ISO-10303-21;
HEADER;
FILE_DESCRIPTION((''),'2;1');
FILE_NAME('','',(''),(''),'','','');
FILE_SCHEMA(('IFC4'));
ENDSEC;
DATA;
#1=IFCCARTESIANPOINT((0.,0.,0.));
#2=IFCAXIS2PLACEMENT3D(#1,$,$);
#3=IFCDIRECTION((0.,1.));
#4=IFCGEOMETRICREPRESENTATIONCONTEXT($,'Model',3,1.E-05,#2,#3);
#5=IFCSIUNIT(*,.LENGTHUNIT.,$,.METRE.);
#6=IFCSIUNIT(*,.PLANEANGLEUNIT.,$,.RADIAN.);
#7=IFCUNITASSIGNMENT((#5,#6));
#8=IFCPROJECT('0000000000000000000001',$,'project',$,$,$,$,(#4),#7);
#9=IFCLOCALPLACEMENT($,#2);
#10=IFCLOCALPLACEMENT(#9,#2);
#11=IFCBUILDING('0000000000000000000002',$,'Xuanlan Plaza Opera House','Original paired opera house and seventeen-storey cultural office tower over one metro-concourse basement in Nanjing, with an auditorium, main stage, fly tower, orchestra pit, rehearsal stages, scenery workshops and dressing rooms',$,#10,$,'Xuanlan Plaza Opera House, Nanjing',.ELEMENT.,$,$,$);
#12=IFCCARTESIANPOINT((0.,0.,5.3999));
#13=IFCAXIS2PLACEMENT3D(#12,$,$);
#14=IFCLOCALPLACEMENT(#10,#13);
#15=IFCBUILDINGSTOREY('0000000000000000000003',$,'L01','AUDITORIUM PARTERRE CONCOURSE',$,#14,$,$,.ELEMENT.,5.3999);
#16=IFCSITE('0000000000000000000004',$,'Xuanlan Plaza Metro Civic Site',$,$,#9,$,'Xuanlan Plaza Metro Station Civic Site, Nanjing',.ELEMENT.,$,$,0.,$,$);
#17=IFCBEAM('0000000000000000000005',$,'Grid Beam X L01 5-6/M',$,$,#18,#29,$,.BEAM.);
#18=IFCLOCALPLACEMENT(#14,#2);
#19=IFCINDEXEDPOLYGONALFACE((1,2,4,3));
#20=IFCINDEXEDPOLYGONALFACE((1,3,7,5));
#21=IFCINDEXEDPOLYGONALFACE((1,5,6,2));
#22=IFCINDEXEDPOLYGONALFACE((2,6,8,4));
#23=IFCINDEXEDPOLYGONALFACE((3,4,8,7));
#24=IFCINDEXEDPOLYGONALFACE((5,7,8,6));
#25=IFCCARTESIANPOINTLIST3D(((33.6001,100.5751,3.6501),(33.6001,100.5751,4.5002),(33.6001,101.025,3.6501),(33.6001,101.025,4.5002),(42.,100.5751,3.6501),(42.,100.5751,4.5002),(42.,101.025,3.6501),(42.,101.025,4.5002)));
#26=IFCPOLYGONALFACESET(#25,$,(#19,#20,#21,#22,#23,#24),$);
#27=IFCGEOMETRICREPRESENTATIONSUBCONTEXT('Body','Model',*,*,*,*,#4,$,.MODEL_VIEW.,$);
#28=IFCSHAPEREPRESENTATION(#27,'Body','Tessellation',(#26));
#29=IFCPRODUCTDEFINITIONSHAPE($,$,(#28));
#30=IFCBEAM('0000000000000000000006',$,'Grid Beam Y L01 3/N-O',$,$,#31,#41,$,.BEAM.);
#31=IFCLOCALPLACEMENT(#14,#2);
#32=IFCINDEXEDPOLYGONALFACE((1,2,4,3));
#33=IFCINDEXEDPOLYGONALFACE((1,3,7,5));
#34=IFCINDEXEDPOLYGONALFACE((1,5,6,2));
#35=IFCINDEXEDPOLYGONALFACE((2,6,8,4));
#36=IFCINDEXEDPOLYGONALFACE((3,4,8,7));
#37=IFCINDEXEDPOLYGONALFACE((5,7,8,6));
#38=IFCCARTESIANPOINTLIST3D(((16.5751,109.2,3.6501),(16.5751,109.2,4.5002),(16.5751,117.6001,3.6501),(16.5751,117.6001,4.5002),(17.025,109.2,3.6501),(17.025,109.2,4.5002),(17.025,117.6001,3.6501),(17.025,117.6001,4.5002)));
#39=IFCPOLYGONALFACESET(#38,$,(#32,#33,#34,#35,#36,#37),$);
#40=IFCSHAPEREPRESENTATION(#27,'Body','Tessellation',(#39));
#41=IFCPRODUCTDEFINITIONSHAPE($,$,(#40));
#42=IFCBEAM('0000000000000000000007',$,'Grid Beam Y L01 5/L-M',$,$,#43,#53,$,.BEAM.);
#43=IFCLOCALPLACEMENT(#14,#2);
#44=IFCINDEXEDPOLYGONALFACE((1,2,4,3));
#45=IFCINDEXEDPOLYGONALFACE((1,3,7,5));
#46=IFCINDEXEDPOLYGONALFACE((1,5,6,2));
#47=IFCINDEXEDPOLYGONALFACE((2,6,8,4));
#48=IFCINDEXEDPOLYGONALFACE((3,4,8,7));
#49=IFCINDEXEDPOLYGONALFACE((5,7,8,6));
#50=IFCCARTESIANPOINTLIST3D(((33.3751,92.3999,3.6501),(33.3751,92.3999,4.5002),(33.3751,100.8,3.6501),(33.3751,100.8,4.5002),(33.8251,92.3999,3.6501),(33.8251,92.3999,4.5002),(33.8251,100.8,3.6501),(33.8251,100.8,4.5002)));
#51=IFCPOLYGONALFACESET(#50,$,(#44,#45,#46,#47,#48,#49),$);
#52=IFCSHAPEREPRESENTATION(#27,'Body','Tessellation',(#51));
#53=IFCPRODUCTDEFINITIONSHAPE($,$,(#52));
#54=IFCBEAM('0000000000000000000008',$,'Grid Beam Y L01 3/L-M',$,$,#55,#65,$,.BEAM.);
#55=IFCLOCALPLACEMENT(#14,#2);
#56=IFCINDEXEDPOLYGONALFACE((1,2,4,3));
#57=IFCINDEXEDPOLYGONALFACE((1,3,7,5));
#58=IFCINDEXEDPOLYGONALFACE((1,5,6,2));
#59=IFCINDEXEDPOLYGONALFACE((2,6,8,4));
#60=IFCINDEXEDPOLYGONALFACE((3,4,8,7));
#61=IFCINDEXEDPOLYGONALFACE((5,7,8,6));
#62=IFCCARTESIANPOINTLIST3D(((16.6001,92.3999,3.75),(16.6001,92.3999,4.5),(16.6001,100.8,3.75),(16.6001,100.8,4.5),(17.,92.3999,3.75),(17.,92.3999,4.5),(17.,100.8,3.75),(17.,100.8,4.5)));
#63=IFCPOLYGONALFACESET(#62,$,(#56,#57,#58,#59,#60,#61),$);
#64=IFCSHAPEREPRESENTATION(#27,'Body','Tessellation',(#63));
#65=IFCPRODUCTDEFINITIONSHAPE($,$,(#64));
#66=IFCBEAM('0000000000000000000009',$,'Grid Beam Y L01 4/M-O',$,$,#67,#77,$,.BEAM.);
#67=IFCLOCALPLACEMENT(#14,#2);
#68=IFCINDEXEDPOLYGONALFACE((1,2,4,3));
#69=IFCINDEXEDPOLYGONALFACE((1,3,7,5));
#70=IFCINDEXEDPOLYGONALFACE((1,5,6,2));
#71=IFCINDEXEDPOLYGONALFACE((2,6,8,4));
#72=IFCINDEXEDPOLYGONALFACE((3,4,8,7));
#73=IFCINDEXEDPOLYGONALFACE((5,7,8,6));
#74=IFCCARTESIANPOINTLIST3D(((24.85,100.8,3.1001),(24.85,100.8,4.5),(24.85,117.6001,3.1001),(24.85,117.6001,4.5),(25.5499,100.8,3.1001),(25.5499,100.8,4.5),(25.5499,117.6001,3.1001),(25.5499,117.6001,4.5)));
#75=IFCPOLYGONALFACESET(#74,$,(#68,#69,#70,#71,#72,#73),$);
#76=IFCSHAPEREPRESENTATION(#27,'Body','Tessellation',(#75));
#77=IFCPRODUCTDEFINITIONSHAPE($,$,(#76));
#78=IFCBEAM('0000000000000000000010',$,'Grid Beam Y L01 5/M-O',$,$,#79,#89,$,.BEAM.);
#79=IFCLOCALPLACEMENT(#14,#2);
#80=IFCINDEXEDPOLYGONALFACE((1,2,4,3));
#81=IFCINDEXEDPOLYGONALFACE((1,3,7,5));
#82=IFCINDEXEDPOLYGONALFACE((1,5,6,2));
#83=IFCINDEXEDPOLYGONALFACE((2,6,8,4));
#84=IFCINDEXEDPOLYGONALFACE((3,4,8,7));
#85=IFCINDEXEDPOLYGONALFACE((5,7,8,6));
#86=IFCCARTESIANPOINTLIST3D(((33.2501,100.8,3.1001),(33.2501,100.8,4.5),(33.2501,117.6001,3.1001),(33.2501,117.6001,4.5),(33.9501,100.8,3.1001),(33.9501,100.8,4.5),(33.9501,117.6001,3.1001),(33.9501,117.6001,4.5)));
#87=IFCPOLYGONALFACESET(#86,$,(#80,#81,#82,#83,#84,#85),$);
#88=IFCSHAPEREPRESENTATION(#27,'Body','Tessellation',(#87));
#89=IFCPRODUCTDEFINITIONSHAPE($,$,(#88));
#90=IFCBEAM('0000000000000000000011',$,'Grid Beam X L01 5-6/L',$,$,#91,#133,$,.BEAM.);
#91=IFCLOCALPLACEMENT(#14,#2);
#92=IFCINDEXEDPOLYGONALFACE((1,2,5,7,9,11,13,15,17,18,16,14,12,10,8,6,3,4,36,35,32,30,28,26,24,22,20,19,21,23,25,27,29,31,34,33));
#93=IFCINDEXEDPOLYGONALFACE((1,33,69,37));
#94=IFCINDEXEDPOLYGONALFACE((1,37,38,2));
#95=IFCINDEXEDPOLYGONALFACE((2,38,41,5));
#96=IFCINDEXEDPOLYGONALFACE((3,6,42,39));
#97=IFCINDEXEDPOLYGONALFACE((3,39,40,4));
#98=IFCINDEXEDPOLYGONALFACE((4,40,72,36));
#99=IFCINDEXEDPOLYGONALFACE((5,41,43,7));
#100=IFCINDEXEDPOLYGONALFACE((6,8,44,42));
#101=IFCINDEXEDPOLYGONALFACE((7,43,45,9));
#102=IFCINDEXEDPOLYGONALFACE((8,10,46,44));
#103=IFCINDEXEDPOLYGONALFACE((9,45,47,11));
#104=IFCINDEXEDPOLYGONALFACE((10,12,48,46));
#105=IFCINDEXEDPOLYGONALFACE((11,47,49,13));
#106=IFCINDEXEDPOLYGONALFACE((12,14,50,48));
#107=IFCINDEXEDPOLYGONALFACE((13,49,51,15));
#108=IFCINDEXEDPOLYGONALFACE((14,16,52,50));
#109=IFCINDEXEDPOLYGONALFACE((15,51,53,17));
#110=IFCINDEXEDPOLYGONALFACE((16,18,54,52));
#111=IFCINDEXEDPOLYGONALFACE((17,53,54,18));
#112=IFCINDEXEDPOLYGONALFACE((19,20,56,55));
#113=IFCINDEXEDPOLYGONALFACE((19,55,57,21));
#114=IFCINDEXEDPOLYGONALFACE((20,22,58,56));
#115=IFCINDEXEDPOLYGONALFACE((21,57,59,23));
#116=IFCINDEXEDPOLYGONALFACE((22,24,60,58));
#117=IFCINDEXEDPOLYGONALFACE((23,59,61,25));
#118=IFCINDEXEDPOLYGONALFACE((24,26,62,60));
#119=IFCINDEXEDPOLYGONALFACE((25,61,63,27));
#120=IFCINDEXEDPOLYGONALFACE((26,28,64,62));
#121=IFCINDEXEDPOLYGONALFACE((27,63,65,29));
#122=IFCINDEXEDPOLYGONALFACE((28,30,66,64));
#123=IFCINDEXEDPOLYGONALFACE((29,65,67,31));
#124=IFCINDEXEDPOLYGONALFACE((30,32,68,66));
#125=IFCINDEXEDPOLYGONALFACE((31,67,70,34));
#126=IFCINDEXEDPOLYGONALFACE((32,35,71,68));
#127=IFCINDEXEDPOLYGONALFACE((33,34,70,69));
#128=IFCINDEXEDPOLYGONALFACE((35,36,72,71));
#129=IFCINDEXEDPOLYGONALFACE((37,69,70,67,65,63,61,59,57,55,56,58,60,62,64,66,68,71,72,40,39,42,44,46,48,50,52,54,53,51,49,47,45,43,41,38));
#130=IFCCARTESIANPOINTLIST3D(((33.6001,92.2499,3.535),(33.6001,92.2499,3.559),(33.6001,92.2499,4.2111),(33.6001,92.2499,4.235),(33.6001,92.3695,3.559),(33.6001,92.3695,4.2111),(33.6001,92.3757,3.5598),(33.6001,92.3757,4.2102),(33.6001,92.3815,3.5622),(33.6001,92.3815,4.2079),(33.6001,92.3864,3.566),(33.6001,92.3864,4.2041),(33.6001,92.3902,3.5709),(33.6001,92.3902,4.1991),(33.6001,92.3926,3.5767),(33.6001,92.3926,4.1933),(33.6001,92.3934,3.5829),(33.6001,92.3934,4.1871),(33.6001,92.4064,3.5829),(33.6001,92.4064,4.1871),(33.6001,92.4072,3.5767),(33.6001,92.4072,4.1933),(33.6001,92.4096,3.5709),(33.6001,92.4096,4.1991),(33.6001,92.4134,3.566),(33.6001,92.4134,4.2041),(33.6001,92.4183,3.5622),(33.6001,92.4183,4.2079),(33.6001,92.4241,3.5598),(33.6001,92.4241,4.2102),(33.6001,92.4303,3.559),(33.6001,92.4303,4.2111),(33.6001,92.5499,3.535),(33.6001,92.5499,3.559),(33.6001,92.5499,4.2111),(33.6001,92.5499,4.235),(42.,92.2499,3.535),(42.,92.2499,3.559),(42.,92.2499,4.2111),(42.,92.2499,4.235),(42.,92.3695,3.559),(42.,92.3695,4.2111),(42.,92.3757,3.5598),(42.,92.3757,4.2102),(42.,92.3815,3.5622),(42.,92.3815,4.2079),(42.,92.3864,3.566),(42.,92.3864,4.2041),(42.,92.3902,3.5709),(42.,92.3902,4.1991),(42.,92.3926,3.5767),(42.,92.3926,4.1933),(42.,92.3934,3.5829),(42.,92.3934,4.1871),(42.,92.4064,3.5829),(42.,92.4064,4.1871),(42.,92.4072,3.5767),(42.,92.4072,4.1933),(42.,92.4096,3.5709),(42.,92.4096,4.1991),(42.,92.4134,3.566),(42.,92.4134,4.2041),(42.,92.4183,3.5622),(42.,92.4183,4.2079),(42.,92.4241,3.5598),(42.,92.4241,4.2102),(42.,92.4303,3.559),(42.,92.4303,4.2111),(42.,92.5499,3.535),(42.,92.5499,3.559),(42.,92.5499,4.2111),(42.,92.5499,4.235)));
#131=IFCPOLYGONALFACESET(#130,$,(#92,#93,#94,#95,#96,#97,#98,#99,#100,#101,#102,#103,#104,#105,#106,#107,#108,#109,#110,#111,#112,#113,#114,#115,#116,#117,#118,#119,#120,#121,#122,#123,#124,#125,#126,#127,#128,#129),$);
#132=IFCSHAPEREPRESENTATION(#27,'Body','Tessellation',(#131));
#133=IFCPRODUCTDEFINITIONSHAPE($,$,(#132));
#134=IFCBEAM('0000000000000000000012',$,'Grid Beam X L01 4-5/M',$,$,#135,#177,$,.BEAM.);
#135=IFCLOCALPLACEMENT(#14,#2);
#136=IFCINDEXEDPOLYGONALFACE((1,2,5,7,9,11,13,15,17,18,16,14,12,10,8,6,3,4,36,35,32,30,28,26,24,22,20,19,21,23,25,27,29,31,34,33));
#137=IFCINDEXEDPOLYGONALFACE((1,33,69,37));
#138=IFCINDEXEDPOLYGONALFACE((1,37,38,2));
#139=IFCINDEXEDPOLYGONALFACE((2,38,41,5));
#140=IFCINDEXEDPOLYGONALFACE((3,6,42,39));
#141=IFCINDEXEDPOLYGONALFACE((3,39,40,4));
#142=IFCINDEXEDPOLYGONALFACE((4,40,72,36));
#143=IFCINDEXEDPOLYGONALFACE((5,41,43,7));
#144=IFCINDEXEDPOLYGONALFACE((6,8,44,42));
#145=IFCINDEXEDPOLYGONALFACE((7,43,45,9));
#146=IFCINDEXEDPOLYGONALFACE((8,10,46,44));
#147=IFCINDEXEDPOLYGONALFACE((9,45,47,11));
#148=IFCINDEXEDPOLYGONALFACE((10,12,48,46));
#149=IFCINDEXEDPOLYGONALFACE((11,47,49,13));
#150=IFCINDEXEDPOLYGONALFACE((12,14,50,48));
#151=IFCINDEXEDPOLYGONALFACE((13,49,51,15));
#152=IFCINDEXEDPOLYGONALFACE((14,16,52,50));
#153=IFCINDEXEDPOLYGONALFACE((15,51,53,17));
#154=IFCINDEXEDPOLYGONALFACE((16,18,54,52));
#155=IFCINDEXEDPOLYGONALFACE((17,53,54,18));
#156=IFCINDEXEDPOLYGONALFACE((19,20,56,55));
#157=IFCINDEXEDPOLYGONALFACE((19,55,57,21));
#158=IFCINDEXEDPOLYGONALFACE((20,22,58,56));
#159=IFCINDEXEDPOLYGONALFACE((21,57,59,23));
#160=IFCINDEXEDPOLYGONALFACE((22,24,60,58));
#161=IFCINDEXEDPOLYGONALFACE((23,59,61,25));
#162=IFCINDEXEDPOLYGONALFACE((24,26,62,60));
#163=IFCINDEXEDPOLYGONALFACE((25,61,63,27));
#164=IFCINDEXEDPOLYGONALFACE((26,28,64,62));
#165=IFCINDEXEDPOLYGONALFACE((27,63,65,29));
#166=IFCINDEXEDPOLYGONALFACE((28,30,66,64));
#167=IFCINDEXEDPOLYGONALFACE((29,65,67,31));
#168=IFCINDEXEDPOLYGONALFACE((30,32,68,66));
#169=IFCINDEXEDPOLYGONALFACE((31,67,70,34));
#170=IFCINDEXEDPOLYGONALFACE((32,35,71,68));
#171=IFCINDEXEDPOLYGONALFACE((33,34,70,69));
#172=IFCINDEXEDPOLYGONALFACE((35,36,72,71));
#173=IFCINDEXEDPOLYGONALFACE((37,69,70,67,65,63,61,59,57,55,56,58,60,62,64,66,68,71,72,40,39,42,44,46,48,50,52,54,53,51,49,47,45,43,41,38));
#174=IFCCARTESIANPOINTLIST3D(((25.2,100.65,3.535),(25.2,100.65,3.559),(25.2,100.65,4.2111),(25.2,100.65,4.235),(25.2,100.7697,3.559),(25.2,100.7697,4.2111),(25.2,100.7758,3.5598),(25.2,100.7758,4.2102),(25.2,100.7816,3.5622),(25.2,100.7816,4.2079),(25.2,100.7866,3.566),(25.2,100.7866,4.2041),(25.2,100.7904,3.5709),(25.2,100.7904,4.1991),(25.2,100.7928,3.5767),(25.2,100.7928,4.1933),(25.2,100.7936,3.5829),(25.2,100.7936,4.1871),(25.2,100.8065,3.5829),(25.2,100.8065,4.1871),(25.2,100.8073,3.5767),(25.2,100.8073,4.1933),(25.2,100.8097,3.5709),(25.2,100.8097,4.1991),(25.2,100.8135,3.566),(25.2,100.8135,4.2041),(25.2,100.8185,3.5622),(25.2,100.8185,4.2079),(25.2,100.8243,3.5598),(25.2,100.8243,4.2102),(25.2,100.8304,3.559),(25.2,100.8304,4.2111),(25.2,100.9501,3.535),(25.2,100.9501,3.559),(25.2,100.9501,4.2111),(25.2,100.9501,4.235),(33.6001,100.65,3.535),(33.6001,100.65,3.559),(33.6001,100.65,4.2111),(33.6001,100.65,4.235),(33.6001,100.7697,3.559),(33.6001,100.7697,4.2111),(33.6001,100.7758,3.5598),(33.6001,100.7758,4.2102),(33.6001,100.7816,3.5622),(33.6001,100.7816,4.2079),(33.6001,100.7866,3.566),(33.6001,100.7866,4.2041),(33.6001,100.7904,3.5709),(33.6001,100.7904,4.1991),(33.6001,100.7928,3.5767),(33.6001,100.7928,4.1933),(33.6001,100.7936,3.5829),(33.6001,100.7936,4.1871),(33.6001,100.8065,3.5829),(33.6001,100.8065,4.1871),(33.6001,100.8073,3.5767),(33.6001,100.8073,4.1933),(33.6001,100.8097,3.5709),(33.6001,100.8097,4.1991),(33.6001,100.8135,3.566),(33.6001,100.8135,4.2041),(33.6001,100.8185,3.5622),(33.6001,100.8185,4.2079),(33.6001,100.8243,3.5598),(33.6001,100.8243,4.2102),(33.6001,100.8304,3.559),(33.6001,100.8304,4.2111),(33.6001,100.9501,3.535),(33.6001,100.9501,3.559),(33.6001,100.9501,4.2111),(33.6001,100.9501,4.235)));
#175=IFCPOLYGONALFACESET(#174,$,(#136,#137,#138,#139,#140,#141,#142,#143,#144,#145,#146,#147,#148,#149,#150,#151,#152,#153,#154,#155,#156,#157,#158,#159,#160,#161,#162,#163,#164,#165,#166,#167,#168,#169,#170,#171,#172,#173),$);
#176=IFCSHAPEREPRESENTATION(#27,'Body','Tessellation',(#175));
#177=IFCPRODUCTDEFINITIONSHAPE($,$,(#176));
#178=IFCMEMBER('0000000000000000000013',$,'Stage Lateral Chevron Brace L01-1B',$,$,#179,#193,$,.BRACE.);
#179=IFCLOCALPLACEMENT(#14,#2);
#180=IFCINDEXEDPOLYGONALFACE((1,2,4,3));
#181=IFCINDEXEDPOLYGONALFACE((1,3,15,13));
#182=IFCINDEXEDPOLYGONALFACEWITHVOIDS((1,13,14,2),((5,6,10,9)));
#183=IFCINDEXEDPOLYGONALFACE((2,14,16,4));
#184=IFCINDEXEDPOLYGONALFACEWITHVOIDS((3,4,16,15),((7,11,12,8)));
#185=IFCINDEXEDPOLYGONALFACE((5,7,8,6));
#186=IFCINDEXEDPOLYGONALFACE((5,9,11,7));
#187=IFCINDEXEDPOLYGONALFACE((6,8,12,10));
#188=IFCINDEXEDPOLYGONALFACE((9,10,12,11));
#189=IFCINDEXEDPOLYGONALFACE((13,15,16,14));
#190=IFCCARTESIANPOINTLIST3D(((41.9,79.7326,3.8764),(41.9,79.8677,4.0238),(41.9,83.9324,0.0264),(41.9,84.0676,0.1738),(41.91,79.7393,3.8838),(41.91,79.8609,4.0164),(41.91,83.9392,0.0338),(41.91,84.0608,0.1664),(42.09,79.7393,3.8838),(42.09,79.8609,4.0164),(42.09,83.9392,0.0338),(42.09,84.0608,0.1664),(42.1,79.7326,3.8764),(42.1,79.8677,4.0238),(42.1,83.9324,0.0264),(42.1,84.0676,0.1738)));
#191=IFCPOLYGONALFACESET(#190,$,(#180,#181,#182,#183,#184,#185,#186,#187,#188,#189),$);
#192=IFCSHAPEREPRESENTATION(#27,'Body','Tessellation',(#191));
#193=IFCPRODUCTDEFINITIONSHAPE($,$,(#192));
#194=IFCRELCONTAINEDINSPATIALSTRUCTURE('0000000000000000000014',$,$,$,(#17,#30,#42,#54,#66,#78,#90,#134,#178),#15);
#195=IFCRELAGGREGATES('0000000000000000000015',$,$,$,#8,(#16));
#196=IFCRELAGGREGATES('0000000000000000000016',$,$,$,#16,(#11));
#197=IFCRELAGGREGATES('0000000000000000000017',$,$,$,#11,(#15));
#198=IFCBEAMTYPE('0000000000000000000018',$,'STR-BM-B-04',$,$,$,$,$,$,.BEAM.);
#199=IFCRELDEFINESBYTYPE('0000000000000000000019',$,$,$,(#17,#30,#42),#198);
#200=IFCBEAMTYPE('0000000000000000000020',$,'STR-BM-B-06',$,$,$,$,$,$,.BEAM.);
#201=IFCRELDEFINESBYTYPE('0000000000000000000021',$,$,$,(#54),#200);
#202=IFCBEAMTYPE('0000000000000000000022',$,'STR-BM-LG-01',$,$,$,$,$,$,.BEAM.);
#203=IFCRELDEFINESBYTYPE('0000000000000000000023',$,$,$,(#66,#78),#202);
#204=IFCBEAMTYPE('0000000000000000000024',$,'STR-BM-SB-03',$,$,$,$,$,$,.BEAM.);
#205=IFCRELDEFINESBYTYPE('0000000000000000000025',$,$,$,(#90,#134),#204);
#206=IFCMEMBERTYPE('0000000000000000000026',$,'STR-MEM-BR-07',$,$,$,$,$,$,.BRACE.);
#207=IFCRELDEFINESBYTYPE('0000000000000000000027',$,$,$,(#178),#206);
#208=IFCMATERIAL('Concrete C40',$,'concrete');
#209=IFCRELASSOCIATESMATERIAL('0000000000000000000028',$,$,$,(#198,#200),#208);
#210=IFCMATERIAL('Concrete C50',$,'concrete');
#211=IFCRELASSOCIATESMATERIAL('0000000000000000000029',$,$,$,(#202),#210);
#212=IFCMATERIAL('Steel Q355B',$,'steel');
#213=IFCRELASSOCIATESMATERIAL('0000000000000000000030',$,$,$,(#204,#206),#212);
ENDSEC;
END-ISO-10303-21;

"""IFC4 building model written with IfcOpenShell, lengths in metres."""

from ifc_helpers import new_model, si_unit, direction, frame, origin, origin_2d, place, context, subcontext, project, spatial, rectangle, hollow_rectangle, i_section, extrude, material, material_profile, profile_set, type_object, element, save


model = new_model("IFC4")

# Units and contexts
model_context = context("Model", 3, precision=1e-05, world=origin(), true_north=direction((0.0, 1.0)))
body_context = subcontext(model_context, "Body", "Model", "MODEL_VIEW")
ifc_project = project(units=[si_unit("LENGTHUNIT", "METRE"), si_unit("PLANEANGLEUNIT", "RADIAN")], contexts=[model_context])

# Site, building, storey
site_placement = place(None, origin())
site = spatial("IfcSite", under=ifc_project, at=site_placement, Name="Xuanlan Plaza Metro Civic Site", LongName="Xuanlan Plaza Metro Station Civic Site, Nanjing", CompositionType="ELEMENT", RefElevation=0.0)
building_placement = place(site_placement, origin())
building = spatial("IfcBuilding", under=site, at=building_placement, Name="Xuanlan Plaza Opera House", Description="Original paired opera house and seventeen-storey cultural office tower over one metro-concourse basement in Nanjing, with an auditorium, main stage, fly tower, orchestra pit, rehearsal stages, scenery workshops and dressing rooms", LongName="Xuanlan Plaza Opera House, Nanjing", CompositionType="ELEMENT")
storey_placement = place(building_placement, frame((0.0, 0.0, 5.3999)))
storey = spatial("IfcBuildingStorey", under=building, at=storey_placement, Name="L01", Description="AUDITORIUM PARTERRE CONCOURSE", CompositionType="ELEMENT", Elevation=5.3999)

# Shared definitions
ifc_material_1 = material(Name="Concrete C40", Category="concrete")

# Beams
ifc_material_2 = material(Name="Concrete C50", Category="concrete")
ifc_material_profile_1 = material_profile(ifc_material_1, rectangle(XDim=0.45, YDim=0.8501, at=origin_2d()), Name="RC-BM 450x850")
ifc_profile_set_1 = profile_set([ifc_material_profile_1], Name="Concrete C40")
beam_type_1 = type_object("IfcBeamType", Name="STR-BM-B-04", PredefinedType="BEAM", material=ifc_profile_set_1)
for number, where, z_axis, x_axis, name in (
    (1, (33.6001, 100.8, 4.0752), (1.0, 0.0, 0.0), (0.0, 1.0, 0.0), "Grid Beam X L01 5-6/M"),
):
    element("IfcBeam", number, at=place(storey_placement, frame(where, z_axis=z_axis, x_axis=x_axis)), inside=storey, type_object=beam_type_1, Name=name, PredefinedType="BEAM", context=body_context, shape_type="SweptSolid", body=[
        extrude(rectangle(XDim=0.45, YDim=0.8501, at=origin_2d()), origin(), (0.0, 0.0, 1.0), 8.3999),
    ])
for number, where, z_axis, x_axis, name in (
    (2, (16.8, 109.2, 4.0752), (0.0, 1.0, 0.0), (-1.0, 0.0, 0.0), "Grid Beam Y L01 3/N-O"),
    (3, (33.6001, 92.3999, 4.0752), (0.0, 1.0, 0.0), (-1.0, 0.0, 0.0), "Grid Beam Y L01 5/L-M"),
):
    element("IfcBeam", number, at=place(storey_placement, frame(where, z_axis=z_axis, x_axis=x_axis)), inside=storey, type_object=beam_type_1, Name=name, PredefinedType="BEAM", context=body_context, shape_type="SweptSolid", body=[
        extrude(rectangle(XDim=0.45, YDim=0.8501, at=origin_2d()), origin(), (0.0, 0.0, 1.0), 8.4001),
    ])
ifc_material_profile_2 = material_profile(ifc_material_1, rectangle(XDim=0.3999, YDim=0.75, at=origin_2d()), Name="RC-BM 400x750")
ifc_profile_set_2 = profile_set([ifc_material_profile_2], Name="Concrete C40")
beam_type_2 = type_object("IfcBeamType", Name="STR-BM-B-06", PredefinedType="BEAM", material=ifc_profile_set_2)
beam_1_placement = place(storey_placement, frame((16.8, 92.3999, 4.125), z_axis=(0.0, 1.0, 0.0), x_axis=(-1.0, 0.0, 0.0)))
element("IfcBeam", 4, at=beam_1_placement, inside=storey, type_object=beam_type_2, Name="Grid Beam Y L01 3/L-M", PredefinedType="BEAM", context=body_context, shape_type="SweptSolid", body=[
    extrude(rectangle(XDim=0.3999, YDim=0.75, at=origin_2d()), origin(), (0.0, 0.0, 1.0), 8.4001),
])
ifc_material_profile_3 = material_profile(ifc_material_2, rectangle(XDim=0.7, YDim=1.3999, at=origin_2d()), Name="RC-LG 700x1400")
ifc_profile_set_3 = profile_set([ifc_material_profile_3], Name="Concrete C50")
beam_type_3 = type_object("IfcBeamType", Name="STR-BM-LG-01", PredefinedType="BEAM", material=ifc_profile_set_3)
for number, where, z_axis, x_axis, name in (
    (5, (25.2, 100.8, 3.8), (0.0, 1.0, 0.0), (-1.0, 0.0, 0.0), "Grid Beam Y L01 4/M-O"),
    (6, (33.6001, 100.8, 3.8), (0.0, 1.0, 0.0), (-1.0, 0.0, 0.0), "Grid Beam Y L01 5/M-O"),
):
    element("IfcBeam", number, at=place(storey_placement, frame(where, z_axis=z_axis, x_axis=x_axis)), inside=storey, type_object=beam_type_3, Name=name, PredefinedType="BEAM", context=body_context, shape_type="SweptSolid", body=[
        extrude(rectangle(XDim=0.7, YDim=1.3999, at=origin_2d()), origin(), (0.0, 0.0, 1.0), 16.8),
    ])
ifc_material_3 = material(Name="Steel Q355B", Category="steel")
ifc_material_profile_4 = material_profile(ifc_material_3, i_section(OverallWidth=0.3, OverallDepth=0.7, WebThickness=0.0129, FlangeThickness=0.0239, FilletRadius=0.0239, at=origin_2d()), Name="HN 700x300x13x24")
ifc_profile_set_4 = profile_set([ifc_material_profile_4], Name="Steel Q355B")
beam_type_4 = type_object("IfcBeamType", Name="STR-BM-SB-03", PredefinedType="BEAM", material=ifc_profile_set_4)
beam_2_placement = place(storey_placement, frame((33.6001, 92.3999, 3.885), z_axis=(1.0, 0.0, 0.0), x_axis=(0.0, 1.0, 0.0)))
element("IfcBeam", 7, at=beam_2_placement, inside=storey, type_object=beam_type_4, Name="Grid Beam X L01 5-6/L", PredefinedType="BEAM", context=body_context, shape_type="SweptSolid", body=[
    extrude(i_section(OverallWidth=0.3, OverallDepth=0.7, WebThickness=0.0129, FlangeThickness=0.0239, FilletRadius=0.0239, at=origin_2d()), origin(), (0.0, 0.0, 1.0), 8.3999),
])
beam_3_placement = place(storey_placement, frame((25.2, 100.8, 3.885), z_axis=(1.0, 0.0, 0.0), x_axis=(0.0, 1.0, 0.0)))
element("IfcBeam", 8, at=beam_3_placement, inside=storey, type_object=beam_type_4, Name="Grid Beam X L01 4-5/M", PredefinedType="BEAM", context=body_context, shape_type="SweptSolid", body=[
    extrude(i_section(OverallWidth=0.3, OverallDepth=0.7, WebThickness=0.0129, FlangeThickness=0.0239, FilletRadius=0.0239, at=origin_2d()), origin(), (0.0, 0.0, 1.0), 8.4001),
])

# Member
ifc_material_profile_5 = material_profile(ifc_material_3, hollow_rectangle(XDim=0.2, YDim=0.2, WallThickness=0.01, at=origin_2d()), Name="SHS 200x200x10")
ifc_profile_set_5 = profile_set([ifc_material_profile_5], Name="Steel Q355B")
member_type_1 = type_object("IfcMemberType", Name="STR-MEM-BR-07", PredefinedType="BRACE", material=ifc_profile_set_5)
member_1_placement = place(storey_placement, frame((42.0, 84.0, 0.1001), z_axis=(0.0, -0.737142, 0.675738), x_axis=(1.0, 0.0, 0.0)))
element("IfcMember", 9, at=member_1_placement, inside=storey, type_object=member_type_1, Name="Stage Lateral Chevron Brace L01-1B", PredefinedType="BRACE", context=body_context, shape_type="SweptSolid", body=[
    extrude(hollow_rectangle(XDim=0.2, YDim=0.2, WallThickness=0.01, at=origin_2d()), origin(), (0.0, 0.0, 1.0), 5.6975),
])

save(model, "model.ifc")
